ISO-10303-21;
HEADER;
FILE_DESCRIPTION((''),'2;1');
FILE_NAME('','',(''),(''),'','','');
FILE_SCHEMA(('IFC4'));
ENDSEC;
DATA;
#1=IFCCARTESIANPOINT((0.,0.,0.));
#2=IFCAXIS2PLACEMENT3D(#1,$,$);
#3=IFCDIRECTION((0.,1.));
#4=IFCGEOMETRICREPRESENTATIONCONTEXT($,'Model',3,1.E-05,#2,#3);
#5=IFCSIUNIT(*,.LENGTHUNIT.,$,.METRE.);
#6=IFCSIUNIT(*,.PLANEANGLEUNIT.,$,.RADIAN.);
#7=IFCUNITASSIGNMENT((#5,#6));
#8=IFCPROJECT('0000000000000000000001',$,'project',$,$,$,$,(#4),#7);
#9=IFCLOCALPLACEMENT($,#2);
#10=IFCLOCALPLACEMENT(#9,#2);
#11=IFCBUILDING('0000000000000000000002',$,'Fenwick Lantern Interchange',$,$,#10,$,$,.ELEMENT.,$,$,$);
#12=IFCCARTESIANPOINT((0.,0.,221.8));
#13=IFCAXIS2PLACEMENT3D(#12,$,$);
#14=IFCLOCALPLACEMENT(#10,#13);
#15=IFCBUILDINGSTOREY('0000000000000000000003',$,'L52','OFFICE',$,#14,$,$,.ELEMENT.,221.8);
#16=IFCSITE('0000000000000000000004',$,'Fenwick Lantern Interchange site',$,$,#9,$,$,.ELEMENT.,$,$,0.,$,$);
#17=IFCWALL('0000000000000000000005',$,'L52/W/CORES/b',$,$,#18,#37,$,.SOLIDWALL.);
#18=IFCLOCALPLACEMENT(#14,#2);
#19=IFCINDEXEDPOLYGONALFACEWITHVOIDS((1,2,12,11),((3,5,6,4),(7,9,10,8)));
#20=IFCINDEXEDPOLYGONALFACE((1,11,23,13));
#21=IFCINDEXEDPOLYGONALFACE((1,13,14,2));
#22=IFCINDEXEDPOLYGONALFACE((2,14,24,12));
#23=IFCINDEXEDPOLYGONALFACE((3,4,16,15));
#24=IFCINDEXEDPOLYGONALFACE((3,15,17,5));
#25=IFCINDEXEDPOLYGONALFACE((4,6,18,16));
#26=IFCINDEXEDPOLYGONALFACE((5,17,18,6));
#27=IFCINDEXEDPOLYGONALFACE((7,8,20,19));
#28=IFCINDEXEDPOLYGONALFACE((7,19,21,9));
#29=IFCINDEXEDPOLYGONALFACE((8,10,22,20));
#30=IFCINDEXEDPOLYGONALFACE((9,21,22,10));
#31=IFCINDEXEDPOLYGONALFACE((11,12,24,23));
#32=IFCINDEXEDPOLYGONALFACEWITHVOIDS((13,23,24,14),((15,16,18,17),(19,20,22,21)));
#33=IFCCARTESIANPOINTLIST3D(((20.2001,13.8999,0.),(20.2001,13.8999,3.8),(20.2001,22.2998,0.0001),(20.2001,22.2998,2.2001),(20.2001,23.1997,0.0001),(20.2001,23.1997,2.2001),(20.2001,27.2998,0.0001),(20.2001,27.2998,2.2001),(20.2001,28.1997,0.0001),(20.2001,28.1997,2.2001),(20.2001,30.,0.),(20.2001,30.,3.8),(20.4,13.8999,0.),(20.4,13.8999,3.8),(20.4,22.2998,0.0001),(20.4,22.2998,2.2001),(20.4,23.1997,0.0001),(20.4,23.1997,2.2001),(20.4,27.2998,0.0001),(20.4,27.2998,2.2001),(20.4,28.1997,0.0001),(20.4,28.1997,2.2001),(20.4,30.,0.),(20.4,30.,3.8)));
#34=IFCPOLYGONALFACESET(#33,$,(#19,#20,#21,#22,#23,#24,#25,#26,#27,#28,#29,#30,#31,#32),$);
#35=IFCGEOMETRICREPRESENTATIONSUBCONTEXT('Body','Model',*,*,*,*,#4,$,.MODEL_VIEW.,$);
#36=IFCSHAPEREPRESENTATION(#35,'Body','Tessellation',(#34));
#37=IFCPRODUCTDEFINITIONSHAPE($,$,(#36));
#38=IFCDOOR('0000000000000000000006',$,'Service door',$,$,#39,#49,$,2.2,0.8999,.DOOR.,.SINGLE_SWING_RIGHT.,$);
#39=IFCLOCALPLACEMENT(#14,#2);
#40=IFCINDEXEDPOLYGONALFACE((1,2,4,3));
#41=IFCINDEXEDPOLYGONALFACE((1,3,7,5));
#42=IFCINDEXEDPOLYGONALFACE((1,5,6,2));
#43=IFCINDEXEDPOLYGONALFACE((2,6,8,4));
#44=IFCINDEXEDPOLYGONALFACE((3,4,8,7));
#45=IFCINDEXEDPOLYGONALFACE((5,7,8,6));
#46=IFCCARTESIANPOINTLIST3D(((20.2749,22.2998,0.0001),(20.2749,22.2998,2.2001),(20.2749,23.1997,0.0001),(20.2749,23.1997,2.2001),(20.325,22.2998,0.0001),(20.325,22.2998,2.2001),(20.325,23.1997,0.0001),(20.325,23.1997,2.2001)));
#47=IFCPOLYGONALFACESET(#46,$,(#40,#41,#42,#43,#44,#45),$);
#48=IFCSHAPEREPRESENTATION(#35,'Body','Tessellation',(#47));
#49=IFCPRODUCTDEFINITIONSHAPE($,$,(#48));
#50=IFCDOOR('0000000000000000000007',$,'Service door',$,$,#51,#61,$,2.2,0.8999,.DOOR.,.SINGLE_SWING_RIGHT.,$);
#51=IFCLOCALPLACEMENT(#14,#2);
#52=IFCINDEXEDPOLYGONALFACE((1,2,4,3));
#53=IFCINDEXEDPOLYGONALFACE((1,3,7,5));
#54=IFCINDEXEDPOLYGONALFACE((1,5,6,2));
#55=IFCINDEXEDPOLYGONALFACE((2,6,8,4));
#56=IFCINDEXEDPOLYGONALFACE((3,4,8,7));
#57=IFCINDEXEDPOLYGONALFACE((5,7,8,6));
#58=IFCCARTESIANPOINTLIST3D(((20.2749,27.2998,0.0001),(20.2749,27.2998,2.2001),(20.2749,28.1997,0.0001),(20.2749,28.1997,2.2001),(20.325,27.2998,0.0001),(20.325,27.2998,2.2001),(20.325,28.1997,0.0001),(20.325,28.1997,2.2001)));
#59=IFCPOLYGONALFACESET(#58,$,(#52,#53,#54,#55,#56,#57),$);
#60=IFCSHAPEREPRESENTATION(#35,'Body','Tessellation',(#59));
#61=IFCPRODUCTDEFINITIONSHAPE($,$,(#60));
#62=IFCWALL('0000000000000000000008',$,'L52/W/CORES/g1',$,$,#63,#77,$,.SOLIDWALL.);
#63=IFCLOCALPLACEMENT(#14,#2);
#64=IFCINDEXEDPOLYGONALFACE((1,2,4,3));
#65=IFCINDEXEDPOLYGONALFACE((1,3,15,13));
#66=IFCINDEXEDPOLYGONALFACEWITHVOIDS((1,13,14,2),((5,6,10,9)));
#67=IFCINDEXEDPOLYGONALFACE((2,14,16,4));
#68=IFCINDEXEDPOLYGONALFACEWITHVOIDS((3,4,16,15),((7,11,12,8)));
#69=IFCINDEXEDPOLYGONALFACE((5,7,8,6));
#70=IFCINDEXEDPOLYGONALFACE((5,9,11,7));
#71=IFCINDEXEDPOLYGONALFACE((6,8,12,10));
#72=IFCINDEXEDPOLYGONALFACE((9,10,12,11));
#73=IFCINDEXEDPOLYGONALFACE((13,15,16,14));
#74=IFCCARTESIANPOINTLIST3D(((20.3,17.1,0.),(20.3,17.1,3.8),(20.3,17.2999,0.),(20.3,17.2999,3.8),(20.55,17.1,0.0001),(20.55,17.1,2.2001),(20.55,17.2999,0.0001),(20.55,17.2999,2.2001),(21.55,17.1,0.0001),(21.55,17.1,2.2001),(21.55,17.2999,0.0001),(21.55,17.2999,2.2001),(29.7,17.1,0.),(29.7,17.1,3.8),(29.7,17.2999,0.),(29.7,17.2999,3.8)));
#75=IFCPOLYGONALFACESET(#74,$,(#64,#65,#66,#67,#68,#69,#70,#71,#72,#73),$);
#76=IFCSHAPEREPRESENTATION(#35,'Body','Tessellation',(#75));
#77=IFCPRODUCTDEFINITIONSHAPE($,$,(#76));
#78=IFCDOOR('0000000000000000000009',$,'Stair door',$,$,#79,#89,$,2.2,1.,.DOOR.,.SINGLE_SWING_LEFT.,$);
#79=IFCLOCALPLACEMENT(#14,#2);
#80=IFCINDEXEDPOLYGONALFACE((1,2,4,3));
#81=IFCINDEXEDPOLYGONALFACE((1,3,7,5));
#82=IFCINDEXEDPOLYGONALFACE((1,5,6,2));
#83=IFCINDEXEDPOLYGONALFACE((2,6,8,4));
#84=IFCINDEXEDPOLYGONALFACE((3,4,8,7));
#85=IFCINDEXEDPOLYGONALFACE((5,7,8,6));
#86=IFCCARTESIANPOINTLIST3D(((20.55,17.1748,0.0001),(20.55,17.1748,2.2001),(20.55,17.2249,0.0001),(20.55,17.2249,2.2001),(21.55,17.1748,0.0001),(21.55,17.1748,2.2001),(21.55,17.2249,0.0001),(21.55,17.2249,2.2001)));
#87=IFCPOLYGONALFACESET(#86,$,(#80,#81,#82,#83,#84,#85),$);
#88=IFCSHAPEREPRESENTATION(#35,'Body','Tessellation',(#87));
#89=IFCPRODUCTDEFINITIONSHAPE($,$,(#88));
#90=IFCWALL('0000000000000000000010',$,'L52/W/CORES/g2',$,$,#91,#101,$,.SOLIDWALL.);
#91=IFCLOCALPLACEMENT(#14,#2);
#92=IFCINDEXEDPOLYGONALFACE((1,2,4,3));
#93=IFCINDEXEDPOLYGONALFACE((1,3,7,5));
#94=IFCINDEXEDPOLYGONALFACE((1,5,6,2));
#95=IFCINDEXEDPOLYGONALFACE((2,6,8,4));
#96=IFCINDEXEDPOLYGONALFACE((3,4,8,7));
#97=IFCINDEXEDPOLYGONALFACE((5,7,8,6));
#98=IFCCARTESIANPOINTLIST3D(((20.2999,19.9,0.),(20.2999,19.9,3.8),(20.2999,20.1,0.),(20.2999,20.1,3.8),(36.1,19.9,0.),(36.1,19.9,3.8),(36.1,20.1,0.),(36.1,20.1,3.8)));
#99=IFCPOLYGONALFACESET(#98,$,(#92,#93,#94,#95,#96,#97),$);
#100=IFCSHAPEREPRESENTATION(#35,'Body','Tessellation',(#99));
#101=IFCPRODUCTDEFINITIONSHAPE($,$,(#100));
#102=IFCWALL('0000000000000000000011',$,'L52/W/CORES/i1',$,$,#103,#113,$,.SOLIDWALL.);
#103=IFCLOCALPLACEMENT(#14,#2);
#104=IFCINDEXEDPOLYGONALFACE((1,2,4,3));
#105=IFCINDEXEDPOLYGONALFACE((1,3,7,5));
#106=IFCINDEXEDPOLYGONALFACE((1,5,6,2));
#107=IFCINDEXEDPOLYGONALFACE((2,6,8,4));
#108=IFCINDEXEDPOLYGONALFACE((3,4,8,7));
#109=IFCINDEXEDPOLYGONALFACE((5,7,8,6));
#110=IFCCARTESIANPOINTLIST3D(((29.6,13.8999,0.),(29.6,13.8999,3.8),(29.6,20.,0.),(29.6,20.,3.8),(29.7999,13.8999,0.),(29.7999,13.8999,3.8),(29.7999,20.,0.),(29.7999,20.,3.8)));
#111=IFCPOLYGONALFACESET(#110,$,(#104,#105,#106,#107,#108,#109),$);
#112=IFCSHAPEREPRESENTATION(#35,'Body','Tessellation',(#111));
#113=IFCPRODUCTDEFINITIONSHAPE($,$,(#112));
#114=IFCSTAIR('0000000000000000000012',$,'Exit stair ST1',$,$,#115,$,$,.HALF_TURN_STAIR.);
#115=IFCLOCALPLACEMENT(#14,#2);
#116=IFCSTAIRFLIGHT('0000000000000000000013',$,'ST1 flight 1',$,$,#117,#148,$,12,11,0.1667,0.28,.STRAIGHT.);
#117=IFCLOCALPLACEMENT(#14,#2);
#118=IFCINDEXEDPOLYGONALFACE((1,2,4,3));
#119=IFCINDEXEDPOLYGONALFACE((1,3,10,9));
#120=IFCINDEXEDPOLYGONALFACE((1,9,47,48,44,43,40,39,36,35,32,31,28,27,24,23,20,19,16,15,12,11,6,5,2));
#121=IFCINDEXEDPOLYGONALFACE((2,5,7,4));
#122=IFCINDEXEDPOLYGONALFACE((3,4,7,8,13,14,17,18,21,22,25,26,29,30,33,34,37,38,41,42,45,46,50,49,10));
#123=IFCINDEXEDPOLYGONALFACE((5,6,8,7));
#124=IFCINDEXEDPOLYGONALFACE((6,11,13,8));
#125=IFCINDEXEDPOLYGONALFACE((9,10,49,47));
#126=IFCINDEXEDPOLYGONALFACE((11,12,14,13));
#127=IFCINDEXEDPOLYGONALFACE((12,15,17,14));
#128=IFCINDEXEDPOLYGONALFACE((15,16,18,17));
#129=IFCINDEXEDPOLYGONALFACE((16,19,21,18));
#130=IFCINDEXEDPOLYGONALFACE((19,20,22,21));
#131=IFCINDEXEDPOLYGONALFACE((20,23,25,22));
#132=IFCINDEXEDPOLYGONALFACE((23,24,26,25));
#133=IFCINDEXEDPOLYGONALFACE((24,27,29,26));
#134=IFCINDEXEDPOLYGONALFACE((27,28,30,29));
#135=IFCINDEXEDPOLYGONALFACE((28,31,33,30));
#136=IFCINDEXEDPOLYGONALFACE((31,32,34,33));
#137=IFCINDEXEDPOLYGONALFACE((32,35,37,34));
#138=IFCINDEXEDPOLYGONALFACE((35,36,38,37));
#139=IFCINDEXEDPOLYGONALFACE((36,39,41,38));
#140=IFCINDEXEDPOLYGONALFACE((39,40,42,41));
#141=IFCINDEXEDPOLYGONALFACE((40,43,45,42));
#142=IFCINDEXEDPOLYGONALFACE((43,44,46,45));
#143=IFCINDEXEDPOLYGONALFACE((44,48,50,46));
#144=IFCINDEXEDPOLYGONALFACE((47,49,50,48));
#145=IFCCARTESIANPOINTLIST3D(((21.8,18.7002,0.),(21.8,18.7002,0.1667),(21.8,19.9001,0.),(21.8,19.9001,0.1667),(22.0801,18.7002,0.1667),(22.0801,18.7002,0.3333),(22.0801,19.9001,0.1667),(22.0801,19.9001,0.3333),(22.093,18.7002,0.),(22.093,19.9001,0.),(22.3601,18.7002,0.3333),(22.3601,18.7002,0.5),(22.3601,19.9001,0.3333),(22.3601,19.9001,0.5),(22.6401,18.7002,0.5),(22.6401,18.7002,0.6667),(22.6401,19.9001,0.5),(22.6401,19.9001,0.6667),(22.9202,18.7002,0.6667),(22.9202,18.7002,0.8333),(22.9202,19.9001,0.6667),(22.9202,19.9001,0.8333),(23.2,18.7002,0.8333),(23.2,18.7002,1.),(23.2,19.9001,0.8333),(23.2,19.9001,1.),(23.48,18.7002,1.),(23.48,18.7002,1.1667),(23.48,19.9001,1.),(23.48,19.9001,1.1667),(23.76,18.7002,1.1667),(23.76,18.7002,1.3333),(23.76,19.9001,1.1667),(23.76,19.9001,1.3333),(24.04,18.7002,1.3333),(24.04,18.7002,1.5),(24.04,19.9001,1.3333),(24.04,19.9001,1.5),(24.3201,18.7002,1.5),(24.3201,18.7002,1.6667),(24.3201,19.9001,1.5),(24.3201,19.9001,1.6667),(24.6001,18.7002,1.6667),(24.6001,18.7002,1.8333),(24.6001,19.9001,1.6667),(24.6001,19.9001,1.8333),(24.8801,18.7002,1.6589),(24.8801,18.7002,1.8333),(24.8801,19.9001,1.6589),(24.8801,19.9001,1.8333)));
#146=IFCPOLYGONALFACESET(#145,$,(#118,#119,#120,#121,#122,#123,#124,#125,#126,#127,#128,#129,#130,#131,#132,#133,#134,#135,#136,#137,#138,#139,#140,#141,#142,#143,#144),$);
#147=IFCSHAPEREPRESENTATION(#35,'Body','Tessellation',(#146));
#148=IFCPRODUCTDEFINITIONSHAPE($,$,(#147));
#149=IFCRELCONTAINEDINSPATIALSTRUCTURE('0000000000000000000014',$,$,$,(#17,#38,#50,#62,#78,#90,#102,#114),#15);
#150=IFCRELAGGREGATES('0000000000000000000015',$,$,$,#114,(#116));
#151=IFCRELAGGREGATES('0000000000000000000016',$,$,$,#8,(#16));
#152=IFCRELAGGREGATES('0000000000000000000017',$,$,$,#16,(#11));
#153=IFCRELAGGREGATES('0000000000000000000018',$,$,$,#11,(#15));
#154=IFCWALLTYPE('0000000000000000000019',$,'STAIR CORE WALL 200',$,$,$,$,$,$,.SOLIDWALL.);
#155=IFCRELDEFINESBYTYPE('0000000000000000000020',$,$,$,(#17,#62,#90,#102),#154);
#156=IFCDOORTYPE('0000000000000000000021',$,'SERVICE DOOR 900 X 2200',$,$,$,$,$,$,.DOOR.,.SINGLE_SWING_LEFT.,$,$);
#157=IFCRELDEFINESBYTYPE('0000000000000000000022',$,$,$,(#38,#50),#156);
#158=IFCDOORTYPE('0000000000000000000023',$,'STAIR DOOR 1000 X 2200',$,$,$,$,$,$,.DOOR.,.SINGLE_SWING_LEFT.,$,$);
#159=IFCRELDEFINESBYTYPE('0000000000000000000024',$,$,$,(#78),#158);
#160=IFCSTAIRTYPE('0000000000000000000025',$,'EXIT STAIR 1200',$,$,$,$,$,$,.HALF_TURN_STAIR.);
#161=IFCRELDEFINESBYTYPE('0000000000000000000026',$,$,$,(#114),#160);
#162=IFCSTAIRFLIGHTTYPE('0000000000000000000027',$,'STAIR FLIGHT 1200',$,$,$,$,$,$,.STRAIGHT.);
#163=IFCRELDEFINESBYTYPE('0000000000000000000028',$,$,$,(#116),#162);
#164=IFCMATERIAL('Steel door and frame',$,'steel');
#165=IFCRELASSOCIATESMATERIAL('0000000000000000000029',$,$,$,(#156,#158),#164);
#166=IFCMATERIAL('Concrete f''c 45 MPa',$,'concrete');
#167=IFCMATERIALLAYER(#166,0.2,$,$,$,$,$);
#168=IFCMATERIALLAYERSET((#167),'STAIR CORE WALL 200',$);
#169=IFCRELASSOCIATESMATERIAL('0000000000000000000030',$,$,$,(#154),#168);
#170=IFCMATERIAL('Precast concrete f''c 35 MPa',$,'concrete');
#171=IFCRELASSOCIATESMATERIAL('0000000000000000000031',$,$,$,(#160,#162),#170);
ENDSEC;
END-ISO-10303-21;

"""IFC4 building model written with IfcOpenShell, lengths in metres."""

from ifc_helpers import new_model, si_unit, direction, frame, frame_2d, origin, place, context, subcontext, project, spatial, polyline, rectangle, outline, extrude, material, layer, layer_set, type_object, element, fill, aggregate, save


model = new_model("IFC4")

# Units and contexts
model_context = context("Model", 3, precision=1e-05, world=origin(), true_north=direction((0.0, 1.0)))
body_context = subcontext(model_context, "Body", "Model", "MODEL_VIEW")
ifc_project = project(units=[si_unit("LENGTHUNIT", "METRE"), si_unit("PLANEANGLEUNIT", "RADIAN")], contexts=[model_context])

# Site, building, storey
site_placement = place(None, origin())
site = spatial("IfcSite", under=ifc_project, at=site_placement, Name="Fenwick Lantern Interchange site", CompositionType="ELEMENT", RefElevation=0.0)
building_placement = place(site_placement, origin())
building = spatial("IfcBuilding", under=site, at=building_placement, Name="Fenwick Lantern Interchange", CompositionType="ELEMENT")
storey_placement = place(building_placement, frame((0.0, 0.0, 221.8)))
storey = spatial("IfcBuildingStorey", under=building, at=storey_placement, Name="L52", Description="OFFICE", CompositionType="ELEMENT", Elevation=221.8)

# Shared definitions
ifc_material_1 = material(Name="Steel door and frame", Category="steel")
door_type_1 = type_object("IfcDoorType", Name="SERVICE DOOR 900 X 2200", OperationType="SINGLE_SWING_LEFT", PredefinedType="DOOR", material=ifc_material_1)

# Wall, openings, doors
ifc_material_2 = material(Name="Concrete f'c 45 MPa", Category="concrete")
ifc_layer_1 = layer(ifc_material_2, 0.2)
ifc_layer_set_1 = layer_set([ifc_layer_1], Name="STAIR CORE WALL 200")
wall_type_1 = type_object("IfcWallType", Name="STAIR CORE WALL 200", PredefinedType="SOLIDWALL", material=ifc_layer_set_1)
wall_1_placement = place(storey_placement, frame((20.3, 13.8999, 0.0), z_axis=(0.0, 0.0, 1.0), x_axis=(0.0, 1.0, 0.0)))
wall_1 = element("IfcWall", 1, at=wall_1_placement, inside=storey, type_object=wall_type_1, Name="L52/W/CORES/b", PredefinedType="SOLIDWALL", context=body_context, shape_type="SweptSolid", body=[
    extrude(rectangle(XDim=16.1001, YDim=0.2, at=frame_2d((8.05, 0.0))), origin(), (0.0, 0.0, 1.0), 3.8),
])
opening_1_placement = place(wall_1_placement, frame((8.3999, 0.0, 0.0)))
opening_1 = element("IfcOpeningElement", 2, at=opening_1_placement, cuts=wall_1, PredefinedType="OPENING", context=body_context, shape_type="SweptSolid", body=[
    extrude(rectangle(XDim=0.8999, YDim=2.2, at=frame_2d((0.45, 1.1001))), frame((0.0, 0.1099, 0.0), z_axis=(0.0, -1.0, 0.0), x_axis=(1.0, 0.0, 0.0)), (0.0, 0.0, 1.0), 0.22),
])
opening_2_placement = place(wall_1_placement, frame((13.3999, 0.0, 0.0)))
opening_2 = element("IfcOpeningElement", 3, at=opening_2_placement, cuts=wall_1, PredefinedType="OPENING", context=body_context, shape_type="SweptSolid", body=[
    extrude(rectangle(XDim=0.8999, YDim=2.2, at=frame_2d((0.45, 1.1001))), frame((0.0, 0.1099, 0.0), z_axis=(0.0, -1.0, 0.0), x_axis=(1.0, 0.0, 0.0)), (0.0, 0.0, 1.0), 0.22),
])
door_1_placement = place(opening_1_placement, frame((0.8999, 0.0, 0.0), z_axis=(0.0, 0.0, 1.0), x_axis=(-1.0, 0.0, 0.0)))
door_1 = element("IfcDoor", 4, at=door_1_placement, inside=storey, type_object=door_type_1, Name="Service door", OperationType="SINGLE_SWING_RIGHT", OverallHeight=2.2, OverallWidth=0.8999, PredefinedType="DOOR", context=body_context, shape_type="SweptSolid", body=[
    extrude(rectangle(XDim=0.8999, YDim=2.2, at=frame_2d((0.45, 1.1001))), frame((0.0, 0.0249, 0.0), z_axis=(0.0, -1.0, 0.0), x_axis=(1.0, 0.0, 0.0)), (0.0, 0.0, 1.0), 0.05),
])
fill(opening_1, door_1)
door_2_placement = place(opening_2_placement, frame((0.8999, 0.0, 0.0), z_axis=(0.0, 0.0, 1.0), x_axis=(-1.0, 0.0, 0.0)))
door_2 = element("IfcDoor", 5, at=door_2_placement, inside=storey, type_object=door_type_1, Name="Service door", OperationType="SINGLE_SWING_RIGHT", OverallHeight=2.2, OverallWidth=0.8999, PredefinedType="DOOR", context=body_context, shape_type="SweptSolid", body=[
    extrude(rectangle(XDim=0.8999, YDim=2.2, at=frame_2d((0.45, 1.1001))), frame((0.0, 0.0249, 0.0), z_axis=(0.0, -1.0, 0.0), x_axis=(1.0, 0.0, 0.0)), (0.0, 0.0, 1.0), 0.05),
])
fill(opening_2, door_2)

# Wall, opening, door
wall_2_placement = place(storey_placement, frame((20.3, 17.2, 0.0), z_axis=(0.0, 0.0, 1.0), x_axis=(1.0, 0.0, 0.0)))
wall_2 = element("IfcWall", 6, at=wall_2_placement, inside=storey, type_object=wall_type_1, Name="L52/W/CORES/g1", PredefinedType="SOLIDWALL", context=body_context, shape_type="SweptSolid", body=[
    extrude(rectangle(XDim=9.3999, YDim=0.2, at=frame_2d((4.7, 0.0))), origin(), (0.0, 0.0, 1.0), 3.8),
])
opening_3_placement = place(wall_2_placement, frame((0.25, 0.0, 0.0)))
opening_3 = element("IfcOpeningElement", 7, at=opening_3_placement, cuts=wall_2, PredefinedType="OPENING", context=body_context, shape_type="SweptSolid", body=[
    extrude(rectangle(XDim=1.0, YDim=2.2, at=frame_2d((0.5, 1.1001))), frame((0.0, 0.1099, 0.0), z_axis=(0.0, -1.0, 0.0), x_axis=(1.0, 0.0, 0.0)), (0.0, 0.0, 1.0), 0.22),
])
door_type_2 = type_object("IfcDoorType", Name="STAIR DOOR 1000 X 2200", OperationType="SINGLE_SWING_LEFT", PredefinedType="DOOR", material=ifc_material_1)
door_3_placement = place(opening_3_placement, origin())
door_3 = element("IfcDoor", 8, at=door_3_placement, inside=storey, type_object=door_type_2, Name="Stair door", OperationType="SINGLE_SWING_LEFT", OverallHeight=2.2, OverallWidth=1.0, PredefinedType="DOOR", context=body_context, shape_type="SweptSolid", body=[
    extrude(rectangle(XDim=1.0, YDim=2.2, at=frame_2d((0.5, 1.1001))), frame((0.0, 0.0249, 0.0), z_axis=(0.0, -1.0, 0.0), x_axis=(1.0, 0.0, 0.0)), (0.0, 0.0, 1.0), 0.05),
])
fill(opening_3, door_3)

# Walls
wall_3_placement = place(storey_placement, frame((20.3, 20.0, 0.0), z_axis=(0.0, 0.0, 1.0), x_axis=(1.0, 0.0, 0.0)))
element("IfcWall", 9, at=wall_3_placement, inside=storey, type_object=wall_type_1, Name="L52/W/CORES/g2", PredefinedType="SOLIDWALL", context=body_context, shape_type="SweptSolid", body=[
    extrude(rectangle(XDim=15.8, YDim=0.2, at=frame_2d((7.8999, 0.0))), origin(), (0.0, 0.0, 1.0), 3.8),
])
wall_4_placement = place(storey_placement, frame((29.7, 13.8999, 0.0), z_axis=(0.0, 0.0, 1.0), x_axis=(0.0, 1.0, 0.0)))
element("IfcWall", 10, at=wall_4_placement, inside=storey, type_object=wall_type_1, Name="L52/W/CORES/i1", PredefinedType="SOLIDWALL", context=body_context, shape_type="SweptSolid", body=[
    extrude(rectangle(XDim=6.1001, YDim=0.2, at=frame_2d((3.05, 0.0))), origin(), (0.0, 0.0, 1.0), 3.8),
])

# Stair, stair flight
ifc_material_3 = material(Name="Precast concrete f'c 35 MPa", Category="concrete")
stair_type = type_object("IfcStairType", Name="EXIT STAIR 1200", PredefinedType="HALF_TURN_STAIR", material=ifc_material_3)
stair_placement = place(storey_placement, origin())
stair = element("IfcStair", 11, at=stair_placement, inside=storey, type_object=stair_type, Name="Exit stair ST1", PredefinedType="HALF_TURN_STAIR")
stair_flight_type = type_object("IfcStairFlightType", Name="STAIR FLIGHT 1200", PredefinedType="STRAIGHT", material=ifc_material_3)
stair_flight_1_placement = place(storey_placement, frame((21.8, 19.3, 0.0), z_axis=(0.0, 0.0, 1.0), x_axis=(1.0, 0.0, 0.0)))
stair_flight_1 = element("IfcStairFlight", 12, at=stair_flight_1_placement, type_object=stair_flight_type, Name="ST1 flight 1", NumberOfRisers=12, NumberOfTreads=11, PredefinedType="STRAIGHT", RiserHeight=0.1667, TreadLength=0.28, context=body_context, shape_type="SweptSolid", body=[
    extrude(outline(polyline([(0.0, 0.0), (0.0, 0.1667), (0.28, 0.1667), (0.28, 0.3333), (0.5601, 0.3333), (0.5601, 0.5), (0.8401, 0.5), (0.8401, 0.6667), (1.1201, 0.6667), (1.1201, 0.8333), (1.3999, 0.8333), (1.3999, 1.0), (1.6799, 1.0), (1.6799, 1.1667), (1.96, 1.1667), (1.96, 1.3333), (2.24, 1.3333), (2.24, 1.5), (2.52, 1.5), (2.52, 1.6667), (2.8, 1.6667), (2.8, 1.8333), (3.0801, 1.8333), (3.0801, 2.0), (3.0801, 1.6589), (0.293, 0.0), (0.0, 0.0)])), frame((0.0, 0.6001, 0.0), z_axis=(0.0, -1.0, 0.0), x_axis=(1.0, 0.0, 0.0)), (0.0, 0.0, 1.0), 1.2),
])
aggregate(stair, [stair_flight_1])

save(model, "model.ifc")
